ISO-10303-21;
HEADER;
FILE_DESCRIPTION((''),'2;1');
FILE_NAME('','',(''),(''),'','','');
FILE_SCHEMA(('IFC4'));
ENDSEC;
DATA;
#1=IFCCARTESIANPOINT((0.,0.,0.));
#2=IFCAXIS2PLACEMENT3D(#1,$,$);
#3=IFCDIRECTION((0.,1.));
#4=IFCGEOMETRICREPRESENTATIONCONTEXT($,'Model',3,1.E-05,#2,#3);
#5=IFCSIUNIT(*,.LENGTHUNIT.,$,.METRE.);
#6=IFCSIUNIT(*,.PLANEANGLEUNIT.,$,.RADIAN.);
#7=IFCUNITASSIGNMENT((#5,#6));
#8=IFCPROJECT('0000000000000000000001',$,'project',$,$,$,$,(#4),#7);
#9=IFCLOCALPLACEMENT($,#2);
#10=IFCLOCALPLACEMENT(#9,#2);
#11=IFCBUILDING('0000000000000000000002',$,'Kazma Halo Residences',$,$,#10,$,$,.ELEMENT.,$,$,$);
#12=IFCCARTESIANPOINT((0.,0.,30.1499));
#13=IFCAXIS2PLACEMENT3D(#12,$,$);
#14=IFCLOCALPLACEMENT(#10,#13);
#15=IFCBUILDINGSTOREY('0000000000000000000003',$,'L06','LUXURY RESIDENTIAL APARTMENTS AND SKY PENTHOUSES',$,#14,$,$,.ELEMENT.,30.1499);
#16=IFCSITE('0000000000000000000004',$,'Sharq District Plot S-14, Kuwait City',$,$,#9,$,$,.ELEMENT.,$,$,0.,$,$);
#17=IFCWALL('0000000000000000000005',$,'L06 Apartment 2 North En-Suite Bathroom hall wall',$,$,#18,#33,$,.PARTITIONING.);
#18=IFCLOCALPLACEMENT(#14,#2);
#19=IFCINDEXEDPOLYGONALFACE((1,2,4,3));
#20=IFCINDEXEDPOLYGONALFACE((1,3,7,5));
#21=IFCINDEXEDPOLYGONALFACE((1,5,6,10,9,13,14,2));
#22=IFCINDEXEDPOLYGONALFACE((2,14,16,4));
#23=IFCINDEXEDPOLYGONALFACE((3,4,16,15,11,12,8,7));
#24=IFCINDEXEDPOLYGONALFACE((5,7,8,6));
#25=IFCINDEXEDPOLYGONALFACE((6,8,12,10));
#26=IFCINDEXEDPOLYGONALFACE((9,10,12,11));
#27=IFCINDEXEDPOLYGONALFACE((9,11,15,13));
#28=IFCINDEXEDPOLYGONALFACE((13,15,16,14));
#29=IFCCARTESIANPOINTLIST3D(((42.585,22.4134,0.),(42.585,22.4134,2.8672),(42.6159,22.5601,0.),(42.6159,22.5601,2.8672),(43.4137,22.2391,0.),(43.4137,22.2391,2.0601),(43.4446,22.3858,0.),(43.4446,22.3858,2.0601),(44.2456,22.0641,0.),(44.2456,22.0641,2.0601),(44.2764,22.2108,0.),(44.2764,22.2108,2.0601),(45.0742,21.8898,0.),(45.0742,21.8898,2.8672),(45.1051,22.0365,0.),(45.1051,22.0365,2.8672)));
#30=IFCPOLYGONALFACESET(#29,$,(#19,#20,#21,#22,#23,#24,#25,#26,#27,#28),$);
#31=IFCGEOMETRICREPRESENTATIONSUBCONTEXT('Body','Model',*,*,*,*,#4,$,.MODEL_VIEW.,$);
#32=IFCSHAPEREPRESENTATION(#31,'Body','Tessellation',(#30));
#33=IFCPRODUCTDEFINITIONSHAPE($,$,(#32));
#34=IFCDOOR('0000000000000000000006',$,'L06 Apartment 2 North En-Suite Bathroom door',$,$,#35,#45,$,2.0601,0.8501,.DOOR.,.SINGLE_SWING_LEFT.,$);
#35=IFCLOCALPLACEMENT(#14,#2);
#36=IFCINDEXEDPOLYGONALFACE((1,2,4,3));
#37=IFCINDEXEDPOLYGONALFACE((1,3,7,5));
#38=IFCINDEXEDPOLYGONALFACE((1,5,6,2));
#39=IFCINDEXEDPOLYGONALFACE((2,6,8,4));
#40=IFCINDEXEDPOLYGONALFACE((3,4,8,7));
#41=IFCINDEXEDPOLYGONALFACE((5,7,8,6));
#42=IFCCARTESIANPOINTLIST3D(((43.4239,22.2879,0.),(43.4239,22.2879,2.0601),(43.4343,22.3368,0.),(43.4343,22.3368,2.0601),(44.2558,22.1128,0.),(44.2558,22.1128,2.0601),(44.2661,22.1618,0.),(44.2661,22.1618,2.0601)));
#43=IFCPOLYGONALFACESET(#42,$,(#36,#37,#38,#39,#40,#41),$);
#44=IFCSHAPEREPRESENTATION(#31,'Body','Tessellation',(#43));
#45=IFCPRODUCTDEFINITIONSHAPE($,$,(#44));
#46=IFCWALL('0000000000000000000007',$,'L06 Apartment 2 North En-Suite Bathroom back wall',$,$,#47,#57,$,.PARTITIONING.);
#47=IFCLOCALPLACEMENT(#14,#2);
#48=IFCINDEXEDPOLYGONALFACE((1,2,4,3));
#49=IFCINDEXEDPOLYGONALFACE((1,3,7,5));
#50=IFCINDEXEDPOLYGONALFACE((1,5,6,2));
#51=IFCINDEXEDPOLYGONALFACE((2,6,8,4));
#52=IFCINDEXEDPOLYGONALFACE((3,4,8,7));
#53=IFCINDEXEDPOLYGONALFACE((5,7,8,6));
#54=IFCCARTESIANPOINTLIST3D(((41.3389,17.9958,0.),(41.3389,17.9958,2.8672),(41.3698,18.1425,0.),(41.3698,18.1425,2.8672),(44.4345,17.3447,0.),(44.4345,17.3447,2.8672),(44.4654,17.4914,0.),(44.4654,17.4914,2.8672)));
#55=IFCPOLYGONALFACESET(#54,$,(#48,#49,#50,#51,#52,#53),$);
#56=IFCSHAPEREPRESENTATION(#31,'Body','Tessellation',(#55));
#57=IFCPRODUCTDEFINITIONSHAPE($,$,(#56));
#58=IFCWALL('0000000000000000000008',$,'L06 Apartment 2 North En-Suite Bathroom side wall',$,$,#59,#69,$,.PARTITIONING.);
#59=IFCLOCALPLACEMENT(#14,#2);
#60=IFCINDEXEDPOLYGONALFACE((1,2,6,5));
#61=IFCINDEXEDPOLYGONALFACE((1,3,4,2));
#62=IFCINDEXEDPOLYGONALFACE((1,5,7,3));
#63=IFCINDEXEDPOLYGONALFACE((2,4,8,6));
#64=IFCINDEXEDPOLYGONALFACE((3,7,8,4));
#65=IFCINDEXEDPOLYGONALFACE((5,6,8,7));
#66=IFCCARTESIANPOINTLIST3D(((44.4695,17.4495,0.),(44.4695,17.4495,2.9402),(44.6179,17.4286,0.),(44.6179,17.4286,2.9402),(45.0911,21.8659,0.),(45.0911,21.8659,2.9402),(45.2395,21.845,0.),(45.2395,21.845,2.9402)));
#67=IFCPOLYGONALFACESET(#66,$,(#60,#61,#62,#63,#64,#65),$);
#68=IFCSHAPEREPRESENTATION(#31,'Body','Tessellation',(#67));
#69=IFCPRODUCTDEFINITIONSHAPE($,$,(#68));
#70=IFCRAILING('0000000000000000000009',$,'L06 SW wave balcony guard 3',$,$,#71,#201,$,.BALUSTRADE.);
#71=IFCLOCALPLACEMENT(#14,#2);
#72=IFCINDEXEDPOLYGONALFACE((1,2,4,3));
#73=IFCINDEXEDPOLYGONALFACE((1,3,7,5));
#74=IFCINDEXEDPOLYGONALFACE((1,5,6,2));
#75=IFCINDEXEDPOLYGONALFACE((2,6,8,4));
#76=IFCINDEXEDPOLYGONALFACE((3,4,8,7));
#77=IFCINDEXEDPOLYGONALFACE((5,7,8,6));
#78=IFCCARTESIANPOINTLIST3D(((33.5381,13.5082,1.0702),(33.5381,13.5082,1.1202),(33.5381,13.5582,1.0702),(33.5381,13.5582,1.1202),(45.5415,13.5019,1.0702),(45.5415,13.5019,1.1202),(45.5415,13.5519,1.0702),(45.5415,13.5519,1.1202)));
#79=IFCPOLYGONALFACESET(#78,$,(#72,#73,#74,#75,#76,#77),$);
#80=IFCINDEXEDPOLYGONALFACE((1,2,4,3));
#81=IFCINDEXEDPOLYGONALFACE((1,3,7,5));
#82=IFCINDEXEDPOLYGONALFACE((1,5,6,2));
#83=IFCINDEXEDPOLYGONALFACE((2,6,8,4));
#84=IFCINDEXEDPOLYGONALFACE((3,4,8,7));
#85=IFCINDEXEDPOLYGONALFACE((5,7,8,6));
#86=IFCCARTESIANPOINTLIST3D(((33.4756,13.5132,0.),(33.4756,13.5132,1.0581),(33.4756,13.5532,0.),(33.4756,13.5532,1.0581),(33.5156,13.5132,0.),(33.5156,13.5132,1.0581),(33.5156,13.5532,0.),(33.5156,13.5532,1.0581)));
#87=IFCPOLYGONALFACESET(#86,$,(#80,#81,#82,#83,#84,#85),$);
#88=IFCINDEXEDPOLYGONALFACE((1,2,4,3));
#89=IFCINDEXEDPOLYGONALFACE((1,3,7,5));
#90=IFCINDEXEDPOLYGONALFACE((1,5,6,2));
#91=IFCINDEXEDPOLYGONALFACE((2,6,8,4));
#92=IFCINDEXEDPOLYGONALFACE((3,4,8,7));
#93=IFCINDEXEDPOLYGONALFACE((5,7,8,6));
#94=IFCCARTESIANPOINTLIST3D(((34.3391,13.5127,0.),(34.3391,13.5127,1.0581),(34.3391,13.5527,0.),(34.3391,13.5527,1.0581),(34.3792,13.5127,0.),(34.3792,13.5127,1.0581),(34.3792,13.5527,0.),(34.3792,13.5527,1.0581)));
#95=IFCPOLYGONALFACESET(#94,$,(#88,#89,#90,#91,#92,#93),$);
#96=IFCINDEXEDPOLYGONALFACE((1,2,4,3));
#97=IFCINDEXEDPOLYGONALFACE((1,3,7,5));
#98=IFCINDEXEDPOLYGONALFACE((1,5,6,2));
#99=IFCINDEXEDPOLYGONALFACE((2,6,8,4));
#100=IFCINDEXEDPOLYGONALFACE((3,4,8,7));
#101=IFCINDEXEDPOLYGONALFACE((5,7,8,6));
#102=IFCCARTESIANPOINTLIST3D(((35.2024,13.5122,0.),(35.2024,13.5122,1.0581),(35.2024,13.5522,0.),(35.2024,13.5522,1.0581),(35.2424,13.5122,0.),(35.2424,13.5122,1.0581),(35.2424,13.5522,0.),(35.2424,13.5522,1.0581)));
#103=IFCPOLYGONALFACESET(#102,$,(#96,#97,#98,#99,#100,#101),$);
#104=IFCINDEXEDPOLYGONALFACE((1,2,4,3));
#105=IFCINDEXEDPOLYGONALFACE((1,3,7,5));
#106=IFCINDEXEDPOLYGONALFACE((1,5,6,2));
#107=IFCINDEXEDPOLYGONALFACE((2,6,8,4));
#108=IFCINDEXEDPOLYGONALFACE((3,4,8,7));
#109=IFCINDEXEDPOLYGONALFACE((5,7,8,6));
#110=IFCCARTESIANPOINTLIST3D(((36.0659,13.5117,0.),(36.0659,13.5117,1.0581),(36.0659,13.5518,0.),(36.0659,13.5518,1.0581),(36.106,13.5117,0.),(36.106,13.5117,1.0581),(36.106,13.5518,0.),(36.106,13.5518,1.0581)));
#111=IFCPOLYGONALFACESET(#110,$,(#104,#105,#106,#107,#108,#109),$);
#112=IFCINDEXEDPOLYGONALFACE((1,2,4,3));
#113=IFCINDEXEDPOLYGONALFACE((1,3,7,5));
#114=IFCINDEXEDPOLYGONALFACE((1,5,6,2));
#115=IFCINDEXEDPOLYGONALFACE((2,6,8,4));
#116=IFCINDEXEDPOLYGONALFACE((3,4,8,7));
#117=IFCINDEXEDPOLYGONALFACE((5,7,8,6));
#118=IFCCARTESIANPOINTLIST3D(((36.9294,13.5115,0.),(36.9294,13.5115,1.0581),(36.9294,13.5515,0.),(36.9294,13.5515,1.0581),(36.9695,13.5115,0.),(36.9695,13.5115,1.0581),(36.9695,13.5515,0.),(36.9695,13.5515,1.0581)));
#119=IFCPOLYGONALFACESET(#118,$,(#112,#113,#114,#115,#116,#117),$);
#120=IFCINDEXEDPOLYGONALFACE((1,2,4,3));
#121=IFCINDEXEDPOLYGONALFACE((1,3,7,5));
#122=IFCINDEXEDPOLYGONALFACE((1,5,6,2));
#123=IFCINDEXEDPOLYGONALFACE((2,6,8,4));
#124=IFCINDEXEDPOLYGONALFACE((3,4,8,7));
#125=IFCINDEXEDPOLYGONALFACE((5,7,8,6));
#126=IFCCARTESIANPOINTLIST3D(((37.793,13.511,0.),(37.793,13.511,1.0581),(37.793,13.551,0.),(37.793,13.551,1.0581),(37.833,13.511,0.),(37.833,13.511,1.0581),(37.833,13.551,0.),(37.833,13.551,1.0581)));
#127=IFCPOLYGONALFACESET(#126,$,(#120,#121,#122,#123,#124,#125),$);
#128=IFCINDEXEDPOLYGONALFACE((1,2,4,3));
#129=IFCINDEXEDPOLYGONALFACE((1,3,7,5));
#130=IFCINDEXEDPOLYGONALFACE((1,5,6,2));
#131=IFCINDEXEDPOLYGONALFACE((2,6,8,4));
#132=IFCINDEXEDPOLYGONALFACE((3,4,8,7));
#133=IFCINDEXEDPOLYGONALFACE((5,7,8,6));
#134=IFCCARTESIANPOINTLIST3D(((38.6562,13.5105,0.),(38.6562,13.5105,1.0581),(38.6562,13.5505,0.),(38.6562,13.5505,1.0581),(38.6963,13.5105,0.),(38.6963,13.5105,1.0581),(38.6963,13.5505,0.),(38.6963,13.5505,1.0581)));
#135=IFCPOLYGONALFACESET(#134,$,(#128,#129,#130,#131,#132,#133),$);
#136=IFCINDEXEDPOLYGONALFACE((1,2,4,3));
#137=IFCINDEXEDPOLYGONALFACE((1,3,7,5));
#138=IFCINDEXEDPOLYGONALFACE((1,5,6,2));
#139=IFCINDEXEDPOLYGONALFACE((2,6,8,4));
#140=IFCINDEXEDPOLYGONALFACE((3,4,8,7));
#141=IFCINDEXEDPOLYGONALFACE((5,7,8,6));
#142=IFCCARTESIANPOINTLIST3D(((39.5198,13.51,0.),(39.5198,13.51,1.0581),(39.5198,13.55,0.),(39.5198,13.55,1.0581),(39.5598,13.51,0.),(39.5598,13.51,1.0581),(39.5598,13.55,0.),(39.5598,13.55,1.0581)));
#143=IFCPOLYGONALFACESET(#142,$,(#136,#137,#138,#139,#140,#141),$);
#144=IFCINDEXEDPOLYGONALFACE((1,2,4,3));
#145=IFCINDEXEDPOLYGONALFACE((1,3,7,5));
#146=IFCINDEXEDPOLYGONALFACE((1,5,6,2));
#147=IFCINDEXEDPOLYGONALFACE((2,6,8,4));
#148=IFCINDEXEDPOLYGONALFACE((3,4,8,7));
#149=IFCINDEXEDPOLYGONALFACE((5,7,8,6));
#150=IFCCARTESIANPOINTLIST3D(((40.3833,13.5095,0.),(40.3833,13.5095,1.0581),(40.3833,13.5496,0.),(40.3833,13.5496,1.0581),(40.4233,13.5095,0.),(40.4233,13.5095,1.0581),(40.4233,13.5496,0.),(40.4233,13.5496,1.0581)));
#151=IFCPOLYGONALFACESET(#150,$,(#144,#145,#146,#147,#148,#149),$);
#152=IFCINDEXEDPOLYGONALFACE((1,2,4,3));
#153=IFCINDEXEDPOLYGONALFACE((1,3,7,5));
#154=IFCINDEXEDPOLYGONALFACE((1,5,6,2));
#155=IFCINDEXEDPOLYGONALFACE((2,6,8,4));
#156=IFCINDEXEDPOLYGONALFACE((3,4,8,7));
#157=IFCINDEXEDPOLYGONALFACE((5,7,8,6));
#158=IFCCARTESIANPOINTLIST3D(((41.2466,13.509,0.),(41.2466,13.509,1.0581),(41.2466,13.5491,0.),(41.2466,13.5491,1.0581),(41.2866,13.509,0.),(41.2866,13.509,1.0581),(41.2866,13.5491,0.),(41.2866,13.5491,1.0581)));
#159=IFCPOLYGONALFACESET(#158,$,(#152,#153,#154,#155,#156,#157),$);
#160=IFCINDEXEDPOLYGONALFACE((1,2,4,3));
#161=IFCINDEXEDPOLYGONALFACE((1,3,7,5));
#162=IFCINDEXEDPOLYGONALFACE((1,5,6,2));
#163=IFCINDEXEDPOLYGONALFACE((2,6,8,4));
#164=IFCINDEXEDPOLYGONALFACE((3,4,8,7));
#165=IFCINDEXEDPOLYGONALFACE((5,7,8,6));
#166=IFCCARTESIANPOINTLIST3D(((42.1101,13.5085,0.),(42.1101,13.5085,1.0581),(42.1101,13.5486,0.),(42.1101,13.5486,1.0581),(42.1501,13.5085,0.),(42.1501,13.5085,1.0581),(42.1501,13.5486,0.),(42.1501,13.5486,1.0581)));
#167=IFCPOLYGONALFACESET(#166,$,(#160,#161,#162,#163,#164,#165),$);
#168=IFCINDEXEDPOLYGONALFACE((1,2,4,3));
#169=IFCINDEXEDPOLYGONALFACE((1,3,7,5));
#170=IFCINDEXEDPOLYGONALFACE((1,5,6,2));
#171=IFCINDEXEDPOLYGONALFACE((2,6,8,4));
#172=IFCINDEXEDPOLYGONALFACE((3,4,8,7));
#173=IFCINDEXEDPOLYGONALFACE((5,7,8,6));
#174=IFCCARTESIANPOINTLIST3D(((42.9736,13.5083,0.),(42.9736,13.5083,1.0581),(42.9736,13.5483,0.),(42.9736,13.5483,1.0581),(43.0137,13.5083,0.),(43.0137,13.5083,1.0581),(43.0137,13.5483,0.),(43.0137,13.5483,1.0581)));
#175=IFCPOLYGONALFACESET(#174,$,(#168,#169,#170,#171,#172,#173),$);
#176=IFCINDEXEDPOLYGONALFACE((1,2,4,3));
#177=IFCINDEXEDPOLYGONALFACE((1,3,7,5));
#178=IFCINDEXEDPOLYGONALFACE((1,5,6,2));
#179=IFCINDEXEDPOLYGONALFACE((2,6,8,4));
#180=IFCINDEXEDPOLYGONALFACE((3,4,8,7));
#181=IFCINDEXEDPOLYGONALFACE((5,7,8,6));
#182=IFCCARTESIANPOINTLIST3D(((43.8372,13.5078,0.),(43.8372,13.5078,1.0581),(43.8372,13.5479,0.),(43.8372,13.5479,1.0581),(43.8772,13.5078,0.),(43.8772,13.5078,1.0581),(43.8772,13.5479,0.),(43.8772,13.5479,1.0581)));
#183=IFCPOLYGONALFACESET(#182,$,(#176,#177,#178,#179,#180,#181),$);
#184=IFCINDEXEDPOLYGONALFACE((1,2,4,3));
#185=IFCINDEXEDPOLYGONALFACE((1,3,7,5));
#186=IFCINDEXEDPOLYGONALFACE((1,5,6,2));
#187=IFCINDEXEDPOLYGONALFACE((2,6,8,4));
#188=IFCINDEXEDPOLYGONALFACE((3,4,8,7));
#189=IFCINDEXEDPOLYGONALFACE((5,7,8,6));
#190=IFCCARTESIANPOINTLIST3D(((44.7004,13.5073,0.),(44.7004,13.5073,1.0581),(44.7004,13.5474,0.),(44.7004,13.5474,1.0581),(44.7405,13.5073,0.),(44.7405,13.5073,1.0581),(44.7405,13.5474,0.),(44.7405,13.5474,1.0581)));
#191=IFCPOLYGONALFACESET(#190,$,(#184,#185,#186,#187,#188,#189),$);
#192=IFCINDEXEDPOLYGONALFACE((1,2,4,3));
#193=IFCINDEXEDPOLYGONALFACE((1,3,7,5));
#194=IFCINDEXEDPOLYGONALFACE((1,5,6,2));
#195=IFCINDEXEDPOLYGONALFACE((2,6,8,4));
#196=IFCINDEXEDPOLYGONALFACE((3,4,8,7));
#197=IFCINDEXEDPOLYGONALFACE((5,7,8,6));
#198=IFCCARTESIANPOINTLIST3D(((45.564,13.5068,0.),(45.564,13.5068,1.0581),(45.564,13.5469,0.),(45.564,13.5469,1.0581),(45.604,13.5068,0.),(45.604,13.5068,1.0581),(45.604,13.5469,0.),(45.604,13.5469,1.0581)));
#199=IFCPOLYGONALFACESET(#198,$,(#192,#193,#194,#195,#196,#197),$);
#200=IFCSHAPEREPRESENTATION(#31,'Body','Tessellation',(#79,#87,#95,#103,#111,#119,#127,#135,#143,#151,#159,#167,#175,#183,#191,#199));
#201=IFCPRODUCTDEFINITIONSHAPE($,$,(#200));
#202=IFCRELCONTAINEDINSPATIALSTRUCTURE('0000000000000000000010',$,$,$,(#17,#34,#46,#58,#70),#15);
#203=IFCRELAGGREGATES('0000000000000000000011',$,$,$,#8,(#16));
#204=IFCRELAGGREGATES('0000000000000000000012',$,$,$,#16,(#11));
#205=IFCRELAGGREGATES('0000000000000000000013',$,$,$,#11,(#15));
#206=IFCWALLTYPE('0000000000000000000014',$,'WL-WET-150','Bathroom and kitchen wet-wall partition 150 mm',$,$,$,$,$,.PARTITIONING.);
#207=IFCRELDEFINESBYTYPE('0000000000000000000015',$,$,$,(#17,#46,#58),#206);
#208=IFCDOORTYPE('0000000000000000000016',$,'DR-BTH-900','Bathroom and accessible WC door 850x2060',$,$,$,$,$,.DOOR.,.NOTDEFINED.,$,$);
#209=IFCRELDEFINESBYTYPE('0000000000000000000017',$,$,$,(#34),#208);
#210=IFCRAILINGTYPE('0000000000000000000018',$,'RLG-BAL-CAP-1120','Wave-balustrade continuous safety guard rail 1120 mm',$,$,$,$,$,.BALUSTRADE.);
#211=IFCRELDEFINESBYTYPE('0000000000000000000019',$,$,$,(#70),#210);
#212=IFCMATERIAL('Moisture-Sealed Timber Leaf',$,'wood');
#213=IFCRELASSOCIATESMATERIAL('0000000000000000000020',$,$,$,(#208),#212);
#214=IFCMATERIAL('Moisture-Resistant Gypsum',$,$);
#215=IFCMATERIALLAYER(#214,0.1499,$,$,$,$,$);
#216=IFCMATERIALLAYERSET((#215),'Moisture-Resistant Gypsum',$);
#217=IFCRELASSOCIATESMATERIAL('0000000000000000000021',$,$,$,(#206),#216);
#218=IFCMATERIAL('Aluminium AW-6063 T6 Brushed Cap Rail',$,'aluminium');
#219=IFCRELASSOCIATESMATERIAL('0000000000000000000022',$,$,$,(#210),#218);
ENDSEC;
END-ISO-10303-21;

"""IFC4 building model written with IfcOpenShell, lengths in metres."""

from ifc_helpers import new_model, si_unit, direction, frame, frame_2d, origin, origin_2d, place, context, subcontext, project, spatial, rectangle, extrude, material, layer, layer_set, type_object, element, fill, save


model = new_model("IFC4")

# Units and contexts
model_context = context("Model", 3, precision=1e-05, world=origin(), true_north=direction((0.0, 1.0)))
body_context = subcontext(model_context, "Body", "Model", "MODEL_VIEW")
ifc_project = project(units=[si_unit("LENGTHUNIT", "METRE"), si_unit("PLANEANGLEUNIT", "RADIAN")], contexts=[model_context])

# Site, building, storey
site_placement = place(None, origin())
site = spatial("IfcSite", under=ifc_project, at=site_placement, Name="Sharq District Plot S-14, Kuwait City", CompositionType="ELEMENT", RefElevation=0.0)
building_placement = place(site_placement, origin())
building = spatial("IfcBuilding", under=site, at=building_placement, Name="Kazma Halo Residences", CompositionType="ELEMENT")
storey_placement = place(building_placement, frame((0.0, 0.0, 30.1499)))
storey = spatial("IfcBuildingStorey", under=building, at=storey_placement, Name="L06", Description="LUXURY RESIDENTIAL APARTMENTS AND SKY PENTHOUSES", CompositionType="ELEMENT", Elevation=30.1499)

# Wall, opening, door
ifc_material_1 = material(Name="Moisture-Sealed Timber Leaf", Category="wood")
door_type_1 = type_object("IfcDoorType", Name="DR-BTH-900", Description="Bathroom and accessible WC door 850x2060", OperationType="NOTDEFINED", PredefinedType="DOOR", material=ifc_material_1)
ifc_material_2 = material(Name="Moisture-Resistant Gypsum")
ifc_layer_1 = layer(ifc_material_2, 0.1499)
ifc_layer_set_1 = layer_set([ifc_layer_1], Name="Moisture-Resistant Gypsum")
wall_type_1 = type_object("IfcWallType", Name="WL-WET-150", Description="Bathroom and kitchen wet-wall partition 150 mm", PredefinedType="PARTITIONING", material=ifc_layer_set_1)
wall_1_placement = place(storey_placement, frame((42.6003, 22.4868, 0.0), z_axis=(0.0, 0.0, 1.0), x_axis=(0.978579, -0.20587, 0.0)))
wall_1 = element("IfcWall", 1, at=wall_1_placement, inside=storey, type_object=wall_type_1, Name="L06 Apartment 2 North En-Suite Bathroom hall wall", PredefinedType="PARTITIONING", context=body_context, shape_type="SweptSolid", body=[
    extrude(rectangle(XDim=2.5437, YDim=0.1499, at=frame_2d((1.272, 0.0))), origin(), (0.0, 0.0, 1.0), 2.8672),
])
opening_1_placement = place(wall_1_placement, frame((0.8469, 0.0, 0.0)))
opening_1 = element("IfcOpeningElement", 2, at=opening_1_placement, cuts=wall_1, PredefinedType="OPENING", context=body_context, shape_type="SweptSolid", body=[
    extrude(rectangle(XDim=0.8501, YDim=2.0601, at=frame_2d((0.425, 1.03))), frame((0.0, 0.085, 0.0), z_axis=(0.0, -1.0, 0.0), x_axis=(1.0, 0.0, 0.0)), (0.0, 0.0, 1.0), 0.1699),
])
door_1_placement = place(opening_1_placement, origin())
door_1 = element("IfcDoor", 3, at=door_1_placement, inside=storey, type_object=door_type_1, Name="L06 Apartment 2 North En-Suite Bathroom door", OperationType="SINGLE_SWING_LEFT", OverallHeight=2.0601, OverallWidth=0.8501, PredefinedType="DOOR", context=body_context, shape_type="SweptSolid", body=[
    extrude(rectangle(XDim=0.8501, YDim=2.0601, at=frame_2d((0.425, 1.03))), frame((0.0, 0.0249, 0.0), z_axis=(0.0, -1.0, 0.0), x_axis=(1.0, 0.0, 0.0)), (0.0, 0.0, 1.0), 0.05),
])
fill(opening_1, door_1)

# Walls
wall_2_placement = place(storey_placement, frame((41.3545, 18.0691, 0.0), z_axis=(0.0, 0.0, 1.0), x_axis=(0.978588, -0.205828, 0.0)))
element("IfcWall", 4, at=wall_2_placement, inside=storey, type_object=wall_type_1, Name="L06 Apartment 2 North En-Suite Bathroom back wall", PredefinedType="PARTITIONING", context=body_context, shape_type="SweptSolid", body=[
    extrude(rectangle(XDim=3.1633, YDim=0.1499, at=frame_2d((1.5815, 0.0))), origin(), (0.0, 0.0, 1.0), 2.8672),
])
wall_3_placement = place(storey_placement, frame((45.1653, 21.8555, 0.0), z_axis=(0.0, 0.0, 1.0), x_axis=(-0.139367, -0.990241, 0.0)))
element("IfcWall", 5, at=wall_3_placement, inside=storey, type_object=wall_type_1, Name="L06 Apartment 2 North En-Suite Bathroom side wall", PredefinedType="PARTITIONING", context=body_context, shape_type="SweptSolid", body=[
    extrude(rectangle(XDim=4.46, YDim=0.1499, at=frame_2d((2.23, 0.0))), origin(), (0.0, 0.0, 1.0), 2.9402),
])

# Railing
ifc_material_3 = material(Name="Aluminium AW-6063 T6 Brushed Cap Rail", Category="aluminium")
railing_type = type_object("IfcRailingType", Name="RLG-BAL-CAP-1120", Description="Wave-balustrade continuous safety guard rail 1120 mm", PredefinedType="BALUSTRADE", material=ifc_material_3)
railing_1_placement = place(storey_placement, frame((33.4956, 13.5332, 0.0)))
element("IfcRailing", 6, at=railing_1_placement, inside=storey, type_object=railing_type, Name="L06 SW wave balcony guard 3", PredefinedType="BALUSTRADE", context=body_context, shape_type="SweptSolid", body=[
    extrude(rectangle(XDim=0.05, YDim=0.05, at=origin_2d()), frame((0.0425, 0.0, 1.0952), z_axis=(1.0, -0.000525, 0.0), x_axis=(0.000525, 1.0, 0.0)), (0.0, 0.0, 1.0), 12.0034),
    extrude(rectangle(XDim=0.04, YDim=0.04, at=origin_2d()), origin(), (0.0, 0.0, 1.0), 1.0581),
    extrude(rectangle(XDim=0.04, YDim=0.04, at=origin_2d()), frame((0.8635, -0.0005, 0.0)), (0.0, 0.0, 1.0), 1.0581),
    extrude(rectangle(XDim=0.04, YDim=0.04, at=origin_2d()), frame((1.7268, -0.001, 0.0)), (0.0, 0.0, 1.0), 1.0581),
    extrude(rectangle(XDim=0.04, YDim=0.04, at=origin_2d()), frame((2.5903, -0.0015, 0.0)), (0.0, 0.0, 1.0), 1.0581),
    extrude(rectangle(XDim=0.04, YDim=0.04, at=origin_2d()), frame((3.4539, -0.0017, 0.0)), (0.0, 0.0, 1.0), 1.0581),
    extrude(rectangle(XDim=0.04, YDim=0.04, at=origin_2d()), frame((4.3174, -0.0022, 0.0)), (0.0, 0.0, 1.0), 1.0581),
    extrude(rectangle(XDim=0.04, YDim=0.04, at=origin_2d()), frame((5.1807, -0.0027, 0.0)), (0.0, 0.0, 1.0), 1.0581),
    extrude(rectangle(XDim=0.04, YDim=0.04, at=origin_2d()), frame((6.0442, -0.0032, 0.0)), (0.0, 0.0, 1.0), 1.0581),
    extrude(rectangle(XDim=0.04, YDim=0.04, at=origin_2d()), frame((6.9077, -0.0037, 0.0)), (0.0, 0.0, 1.0), 1.0581),
    extrude(rectangle(XDim=0.04, YDim=0.04, at=origin_2d()), frame((7.771, -0.0042, 0.0)), (0.0, 0.0, 1.0), 1.0581),
    extrude(rectangle(XDim=0.04, YDim=0.04, at=origin_2d()), frame((8.6345, -0.0046, 0.0)), (0.0, 0.0, 1.0), 1.0581),
    extrude(rectangle(XDim=0.04, YDim=0.04, at=origin_2d()), frame((9.498, -0.0049, 0.0)), (0.0, 0.0, 1.0), 1.0581),
    extrude(rectangle(XDim=0.04, YDim=0.04, at=origin_2d()), frame((10.3616, -0.0054, 0.0)), (0.0, 0.0, 1.0), 1.0581),
    extrude(rectangle(XDim=0.04, YDim=0.04, at=origin_2d()), frame((11.2249, -0.0059, 0.0)), (0.0, 0.0, 1.0), 1.0581),
    extrude(rectangle(XDim=0.04, YDim=0.04, at=origin_2d()), frame((12.0884, -0.0063, 0.0)), (0.0, 0.0, 1.0), 1.0581),
])

save(model, "model.ifc")
